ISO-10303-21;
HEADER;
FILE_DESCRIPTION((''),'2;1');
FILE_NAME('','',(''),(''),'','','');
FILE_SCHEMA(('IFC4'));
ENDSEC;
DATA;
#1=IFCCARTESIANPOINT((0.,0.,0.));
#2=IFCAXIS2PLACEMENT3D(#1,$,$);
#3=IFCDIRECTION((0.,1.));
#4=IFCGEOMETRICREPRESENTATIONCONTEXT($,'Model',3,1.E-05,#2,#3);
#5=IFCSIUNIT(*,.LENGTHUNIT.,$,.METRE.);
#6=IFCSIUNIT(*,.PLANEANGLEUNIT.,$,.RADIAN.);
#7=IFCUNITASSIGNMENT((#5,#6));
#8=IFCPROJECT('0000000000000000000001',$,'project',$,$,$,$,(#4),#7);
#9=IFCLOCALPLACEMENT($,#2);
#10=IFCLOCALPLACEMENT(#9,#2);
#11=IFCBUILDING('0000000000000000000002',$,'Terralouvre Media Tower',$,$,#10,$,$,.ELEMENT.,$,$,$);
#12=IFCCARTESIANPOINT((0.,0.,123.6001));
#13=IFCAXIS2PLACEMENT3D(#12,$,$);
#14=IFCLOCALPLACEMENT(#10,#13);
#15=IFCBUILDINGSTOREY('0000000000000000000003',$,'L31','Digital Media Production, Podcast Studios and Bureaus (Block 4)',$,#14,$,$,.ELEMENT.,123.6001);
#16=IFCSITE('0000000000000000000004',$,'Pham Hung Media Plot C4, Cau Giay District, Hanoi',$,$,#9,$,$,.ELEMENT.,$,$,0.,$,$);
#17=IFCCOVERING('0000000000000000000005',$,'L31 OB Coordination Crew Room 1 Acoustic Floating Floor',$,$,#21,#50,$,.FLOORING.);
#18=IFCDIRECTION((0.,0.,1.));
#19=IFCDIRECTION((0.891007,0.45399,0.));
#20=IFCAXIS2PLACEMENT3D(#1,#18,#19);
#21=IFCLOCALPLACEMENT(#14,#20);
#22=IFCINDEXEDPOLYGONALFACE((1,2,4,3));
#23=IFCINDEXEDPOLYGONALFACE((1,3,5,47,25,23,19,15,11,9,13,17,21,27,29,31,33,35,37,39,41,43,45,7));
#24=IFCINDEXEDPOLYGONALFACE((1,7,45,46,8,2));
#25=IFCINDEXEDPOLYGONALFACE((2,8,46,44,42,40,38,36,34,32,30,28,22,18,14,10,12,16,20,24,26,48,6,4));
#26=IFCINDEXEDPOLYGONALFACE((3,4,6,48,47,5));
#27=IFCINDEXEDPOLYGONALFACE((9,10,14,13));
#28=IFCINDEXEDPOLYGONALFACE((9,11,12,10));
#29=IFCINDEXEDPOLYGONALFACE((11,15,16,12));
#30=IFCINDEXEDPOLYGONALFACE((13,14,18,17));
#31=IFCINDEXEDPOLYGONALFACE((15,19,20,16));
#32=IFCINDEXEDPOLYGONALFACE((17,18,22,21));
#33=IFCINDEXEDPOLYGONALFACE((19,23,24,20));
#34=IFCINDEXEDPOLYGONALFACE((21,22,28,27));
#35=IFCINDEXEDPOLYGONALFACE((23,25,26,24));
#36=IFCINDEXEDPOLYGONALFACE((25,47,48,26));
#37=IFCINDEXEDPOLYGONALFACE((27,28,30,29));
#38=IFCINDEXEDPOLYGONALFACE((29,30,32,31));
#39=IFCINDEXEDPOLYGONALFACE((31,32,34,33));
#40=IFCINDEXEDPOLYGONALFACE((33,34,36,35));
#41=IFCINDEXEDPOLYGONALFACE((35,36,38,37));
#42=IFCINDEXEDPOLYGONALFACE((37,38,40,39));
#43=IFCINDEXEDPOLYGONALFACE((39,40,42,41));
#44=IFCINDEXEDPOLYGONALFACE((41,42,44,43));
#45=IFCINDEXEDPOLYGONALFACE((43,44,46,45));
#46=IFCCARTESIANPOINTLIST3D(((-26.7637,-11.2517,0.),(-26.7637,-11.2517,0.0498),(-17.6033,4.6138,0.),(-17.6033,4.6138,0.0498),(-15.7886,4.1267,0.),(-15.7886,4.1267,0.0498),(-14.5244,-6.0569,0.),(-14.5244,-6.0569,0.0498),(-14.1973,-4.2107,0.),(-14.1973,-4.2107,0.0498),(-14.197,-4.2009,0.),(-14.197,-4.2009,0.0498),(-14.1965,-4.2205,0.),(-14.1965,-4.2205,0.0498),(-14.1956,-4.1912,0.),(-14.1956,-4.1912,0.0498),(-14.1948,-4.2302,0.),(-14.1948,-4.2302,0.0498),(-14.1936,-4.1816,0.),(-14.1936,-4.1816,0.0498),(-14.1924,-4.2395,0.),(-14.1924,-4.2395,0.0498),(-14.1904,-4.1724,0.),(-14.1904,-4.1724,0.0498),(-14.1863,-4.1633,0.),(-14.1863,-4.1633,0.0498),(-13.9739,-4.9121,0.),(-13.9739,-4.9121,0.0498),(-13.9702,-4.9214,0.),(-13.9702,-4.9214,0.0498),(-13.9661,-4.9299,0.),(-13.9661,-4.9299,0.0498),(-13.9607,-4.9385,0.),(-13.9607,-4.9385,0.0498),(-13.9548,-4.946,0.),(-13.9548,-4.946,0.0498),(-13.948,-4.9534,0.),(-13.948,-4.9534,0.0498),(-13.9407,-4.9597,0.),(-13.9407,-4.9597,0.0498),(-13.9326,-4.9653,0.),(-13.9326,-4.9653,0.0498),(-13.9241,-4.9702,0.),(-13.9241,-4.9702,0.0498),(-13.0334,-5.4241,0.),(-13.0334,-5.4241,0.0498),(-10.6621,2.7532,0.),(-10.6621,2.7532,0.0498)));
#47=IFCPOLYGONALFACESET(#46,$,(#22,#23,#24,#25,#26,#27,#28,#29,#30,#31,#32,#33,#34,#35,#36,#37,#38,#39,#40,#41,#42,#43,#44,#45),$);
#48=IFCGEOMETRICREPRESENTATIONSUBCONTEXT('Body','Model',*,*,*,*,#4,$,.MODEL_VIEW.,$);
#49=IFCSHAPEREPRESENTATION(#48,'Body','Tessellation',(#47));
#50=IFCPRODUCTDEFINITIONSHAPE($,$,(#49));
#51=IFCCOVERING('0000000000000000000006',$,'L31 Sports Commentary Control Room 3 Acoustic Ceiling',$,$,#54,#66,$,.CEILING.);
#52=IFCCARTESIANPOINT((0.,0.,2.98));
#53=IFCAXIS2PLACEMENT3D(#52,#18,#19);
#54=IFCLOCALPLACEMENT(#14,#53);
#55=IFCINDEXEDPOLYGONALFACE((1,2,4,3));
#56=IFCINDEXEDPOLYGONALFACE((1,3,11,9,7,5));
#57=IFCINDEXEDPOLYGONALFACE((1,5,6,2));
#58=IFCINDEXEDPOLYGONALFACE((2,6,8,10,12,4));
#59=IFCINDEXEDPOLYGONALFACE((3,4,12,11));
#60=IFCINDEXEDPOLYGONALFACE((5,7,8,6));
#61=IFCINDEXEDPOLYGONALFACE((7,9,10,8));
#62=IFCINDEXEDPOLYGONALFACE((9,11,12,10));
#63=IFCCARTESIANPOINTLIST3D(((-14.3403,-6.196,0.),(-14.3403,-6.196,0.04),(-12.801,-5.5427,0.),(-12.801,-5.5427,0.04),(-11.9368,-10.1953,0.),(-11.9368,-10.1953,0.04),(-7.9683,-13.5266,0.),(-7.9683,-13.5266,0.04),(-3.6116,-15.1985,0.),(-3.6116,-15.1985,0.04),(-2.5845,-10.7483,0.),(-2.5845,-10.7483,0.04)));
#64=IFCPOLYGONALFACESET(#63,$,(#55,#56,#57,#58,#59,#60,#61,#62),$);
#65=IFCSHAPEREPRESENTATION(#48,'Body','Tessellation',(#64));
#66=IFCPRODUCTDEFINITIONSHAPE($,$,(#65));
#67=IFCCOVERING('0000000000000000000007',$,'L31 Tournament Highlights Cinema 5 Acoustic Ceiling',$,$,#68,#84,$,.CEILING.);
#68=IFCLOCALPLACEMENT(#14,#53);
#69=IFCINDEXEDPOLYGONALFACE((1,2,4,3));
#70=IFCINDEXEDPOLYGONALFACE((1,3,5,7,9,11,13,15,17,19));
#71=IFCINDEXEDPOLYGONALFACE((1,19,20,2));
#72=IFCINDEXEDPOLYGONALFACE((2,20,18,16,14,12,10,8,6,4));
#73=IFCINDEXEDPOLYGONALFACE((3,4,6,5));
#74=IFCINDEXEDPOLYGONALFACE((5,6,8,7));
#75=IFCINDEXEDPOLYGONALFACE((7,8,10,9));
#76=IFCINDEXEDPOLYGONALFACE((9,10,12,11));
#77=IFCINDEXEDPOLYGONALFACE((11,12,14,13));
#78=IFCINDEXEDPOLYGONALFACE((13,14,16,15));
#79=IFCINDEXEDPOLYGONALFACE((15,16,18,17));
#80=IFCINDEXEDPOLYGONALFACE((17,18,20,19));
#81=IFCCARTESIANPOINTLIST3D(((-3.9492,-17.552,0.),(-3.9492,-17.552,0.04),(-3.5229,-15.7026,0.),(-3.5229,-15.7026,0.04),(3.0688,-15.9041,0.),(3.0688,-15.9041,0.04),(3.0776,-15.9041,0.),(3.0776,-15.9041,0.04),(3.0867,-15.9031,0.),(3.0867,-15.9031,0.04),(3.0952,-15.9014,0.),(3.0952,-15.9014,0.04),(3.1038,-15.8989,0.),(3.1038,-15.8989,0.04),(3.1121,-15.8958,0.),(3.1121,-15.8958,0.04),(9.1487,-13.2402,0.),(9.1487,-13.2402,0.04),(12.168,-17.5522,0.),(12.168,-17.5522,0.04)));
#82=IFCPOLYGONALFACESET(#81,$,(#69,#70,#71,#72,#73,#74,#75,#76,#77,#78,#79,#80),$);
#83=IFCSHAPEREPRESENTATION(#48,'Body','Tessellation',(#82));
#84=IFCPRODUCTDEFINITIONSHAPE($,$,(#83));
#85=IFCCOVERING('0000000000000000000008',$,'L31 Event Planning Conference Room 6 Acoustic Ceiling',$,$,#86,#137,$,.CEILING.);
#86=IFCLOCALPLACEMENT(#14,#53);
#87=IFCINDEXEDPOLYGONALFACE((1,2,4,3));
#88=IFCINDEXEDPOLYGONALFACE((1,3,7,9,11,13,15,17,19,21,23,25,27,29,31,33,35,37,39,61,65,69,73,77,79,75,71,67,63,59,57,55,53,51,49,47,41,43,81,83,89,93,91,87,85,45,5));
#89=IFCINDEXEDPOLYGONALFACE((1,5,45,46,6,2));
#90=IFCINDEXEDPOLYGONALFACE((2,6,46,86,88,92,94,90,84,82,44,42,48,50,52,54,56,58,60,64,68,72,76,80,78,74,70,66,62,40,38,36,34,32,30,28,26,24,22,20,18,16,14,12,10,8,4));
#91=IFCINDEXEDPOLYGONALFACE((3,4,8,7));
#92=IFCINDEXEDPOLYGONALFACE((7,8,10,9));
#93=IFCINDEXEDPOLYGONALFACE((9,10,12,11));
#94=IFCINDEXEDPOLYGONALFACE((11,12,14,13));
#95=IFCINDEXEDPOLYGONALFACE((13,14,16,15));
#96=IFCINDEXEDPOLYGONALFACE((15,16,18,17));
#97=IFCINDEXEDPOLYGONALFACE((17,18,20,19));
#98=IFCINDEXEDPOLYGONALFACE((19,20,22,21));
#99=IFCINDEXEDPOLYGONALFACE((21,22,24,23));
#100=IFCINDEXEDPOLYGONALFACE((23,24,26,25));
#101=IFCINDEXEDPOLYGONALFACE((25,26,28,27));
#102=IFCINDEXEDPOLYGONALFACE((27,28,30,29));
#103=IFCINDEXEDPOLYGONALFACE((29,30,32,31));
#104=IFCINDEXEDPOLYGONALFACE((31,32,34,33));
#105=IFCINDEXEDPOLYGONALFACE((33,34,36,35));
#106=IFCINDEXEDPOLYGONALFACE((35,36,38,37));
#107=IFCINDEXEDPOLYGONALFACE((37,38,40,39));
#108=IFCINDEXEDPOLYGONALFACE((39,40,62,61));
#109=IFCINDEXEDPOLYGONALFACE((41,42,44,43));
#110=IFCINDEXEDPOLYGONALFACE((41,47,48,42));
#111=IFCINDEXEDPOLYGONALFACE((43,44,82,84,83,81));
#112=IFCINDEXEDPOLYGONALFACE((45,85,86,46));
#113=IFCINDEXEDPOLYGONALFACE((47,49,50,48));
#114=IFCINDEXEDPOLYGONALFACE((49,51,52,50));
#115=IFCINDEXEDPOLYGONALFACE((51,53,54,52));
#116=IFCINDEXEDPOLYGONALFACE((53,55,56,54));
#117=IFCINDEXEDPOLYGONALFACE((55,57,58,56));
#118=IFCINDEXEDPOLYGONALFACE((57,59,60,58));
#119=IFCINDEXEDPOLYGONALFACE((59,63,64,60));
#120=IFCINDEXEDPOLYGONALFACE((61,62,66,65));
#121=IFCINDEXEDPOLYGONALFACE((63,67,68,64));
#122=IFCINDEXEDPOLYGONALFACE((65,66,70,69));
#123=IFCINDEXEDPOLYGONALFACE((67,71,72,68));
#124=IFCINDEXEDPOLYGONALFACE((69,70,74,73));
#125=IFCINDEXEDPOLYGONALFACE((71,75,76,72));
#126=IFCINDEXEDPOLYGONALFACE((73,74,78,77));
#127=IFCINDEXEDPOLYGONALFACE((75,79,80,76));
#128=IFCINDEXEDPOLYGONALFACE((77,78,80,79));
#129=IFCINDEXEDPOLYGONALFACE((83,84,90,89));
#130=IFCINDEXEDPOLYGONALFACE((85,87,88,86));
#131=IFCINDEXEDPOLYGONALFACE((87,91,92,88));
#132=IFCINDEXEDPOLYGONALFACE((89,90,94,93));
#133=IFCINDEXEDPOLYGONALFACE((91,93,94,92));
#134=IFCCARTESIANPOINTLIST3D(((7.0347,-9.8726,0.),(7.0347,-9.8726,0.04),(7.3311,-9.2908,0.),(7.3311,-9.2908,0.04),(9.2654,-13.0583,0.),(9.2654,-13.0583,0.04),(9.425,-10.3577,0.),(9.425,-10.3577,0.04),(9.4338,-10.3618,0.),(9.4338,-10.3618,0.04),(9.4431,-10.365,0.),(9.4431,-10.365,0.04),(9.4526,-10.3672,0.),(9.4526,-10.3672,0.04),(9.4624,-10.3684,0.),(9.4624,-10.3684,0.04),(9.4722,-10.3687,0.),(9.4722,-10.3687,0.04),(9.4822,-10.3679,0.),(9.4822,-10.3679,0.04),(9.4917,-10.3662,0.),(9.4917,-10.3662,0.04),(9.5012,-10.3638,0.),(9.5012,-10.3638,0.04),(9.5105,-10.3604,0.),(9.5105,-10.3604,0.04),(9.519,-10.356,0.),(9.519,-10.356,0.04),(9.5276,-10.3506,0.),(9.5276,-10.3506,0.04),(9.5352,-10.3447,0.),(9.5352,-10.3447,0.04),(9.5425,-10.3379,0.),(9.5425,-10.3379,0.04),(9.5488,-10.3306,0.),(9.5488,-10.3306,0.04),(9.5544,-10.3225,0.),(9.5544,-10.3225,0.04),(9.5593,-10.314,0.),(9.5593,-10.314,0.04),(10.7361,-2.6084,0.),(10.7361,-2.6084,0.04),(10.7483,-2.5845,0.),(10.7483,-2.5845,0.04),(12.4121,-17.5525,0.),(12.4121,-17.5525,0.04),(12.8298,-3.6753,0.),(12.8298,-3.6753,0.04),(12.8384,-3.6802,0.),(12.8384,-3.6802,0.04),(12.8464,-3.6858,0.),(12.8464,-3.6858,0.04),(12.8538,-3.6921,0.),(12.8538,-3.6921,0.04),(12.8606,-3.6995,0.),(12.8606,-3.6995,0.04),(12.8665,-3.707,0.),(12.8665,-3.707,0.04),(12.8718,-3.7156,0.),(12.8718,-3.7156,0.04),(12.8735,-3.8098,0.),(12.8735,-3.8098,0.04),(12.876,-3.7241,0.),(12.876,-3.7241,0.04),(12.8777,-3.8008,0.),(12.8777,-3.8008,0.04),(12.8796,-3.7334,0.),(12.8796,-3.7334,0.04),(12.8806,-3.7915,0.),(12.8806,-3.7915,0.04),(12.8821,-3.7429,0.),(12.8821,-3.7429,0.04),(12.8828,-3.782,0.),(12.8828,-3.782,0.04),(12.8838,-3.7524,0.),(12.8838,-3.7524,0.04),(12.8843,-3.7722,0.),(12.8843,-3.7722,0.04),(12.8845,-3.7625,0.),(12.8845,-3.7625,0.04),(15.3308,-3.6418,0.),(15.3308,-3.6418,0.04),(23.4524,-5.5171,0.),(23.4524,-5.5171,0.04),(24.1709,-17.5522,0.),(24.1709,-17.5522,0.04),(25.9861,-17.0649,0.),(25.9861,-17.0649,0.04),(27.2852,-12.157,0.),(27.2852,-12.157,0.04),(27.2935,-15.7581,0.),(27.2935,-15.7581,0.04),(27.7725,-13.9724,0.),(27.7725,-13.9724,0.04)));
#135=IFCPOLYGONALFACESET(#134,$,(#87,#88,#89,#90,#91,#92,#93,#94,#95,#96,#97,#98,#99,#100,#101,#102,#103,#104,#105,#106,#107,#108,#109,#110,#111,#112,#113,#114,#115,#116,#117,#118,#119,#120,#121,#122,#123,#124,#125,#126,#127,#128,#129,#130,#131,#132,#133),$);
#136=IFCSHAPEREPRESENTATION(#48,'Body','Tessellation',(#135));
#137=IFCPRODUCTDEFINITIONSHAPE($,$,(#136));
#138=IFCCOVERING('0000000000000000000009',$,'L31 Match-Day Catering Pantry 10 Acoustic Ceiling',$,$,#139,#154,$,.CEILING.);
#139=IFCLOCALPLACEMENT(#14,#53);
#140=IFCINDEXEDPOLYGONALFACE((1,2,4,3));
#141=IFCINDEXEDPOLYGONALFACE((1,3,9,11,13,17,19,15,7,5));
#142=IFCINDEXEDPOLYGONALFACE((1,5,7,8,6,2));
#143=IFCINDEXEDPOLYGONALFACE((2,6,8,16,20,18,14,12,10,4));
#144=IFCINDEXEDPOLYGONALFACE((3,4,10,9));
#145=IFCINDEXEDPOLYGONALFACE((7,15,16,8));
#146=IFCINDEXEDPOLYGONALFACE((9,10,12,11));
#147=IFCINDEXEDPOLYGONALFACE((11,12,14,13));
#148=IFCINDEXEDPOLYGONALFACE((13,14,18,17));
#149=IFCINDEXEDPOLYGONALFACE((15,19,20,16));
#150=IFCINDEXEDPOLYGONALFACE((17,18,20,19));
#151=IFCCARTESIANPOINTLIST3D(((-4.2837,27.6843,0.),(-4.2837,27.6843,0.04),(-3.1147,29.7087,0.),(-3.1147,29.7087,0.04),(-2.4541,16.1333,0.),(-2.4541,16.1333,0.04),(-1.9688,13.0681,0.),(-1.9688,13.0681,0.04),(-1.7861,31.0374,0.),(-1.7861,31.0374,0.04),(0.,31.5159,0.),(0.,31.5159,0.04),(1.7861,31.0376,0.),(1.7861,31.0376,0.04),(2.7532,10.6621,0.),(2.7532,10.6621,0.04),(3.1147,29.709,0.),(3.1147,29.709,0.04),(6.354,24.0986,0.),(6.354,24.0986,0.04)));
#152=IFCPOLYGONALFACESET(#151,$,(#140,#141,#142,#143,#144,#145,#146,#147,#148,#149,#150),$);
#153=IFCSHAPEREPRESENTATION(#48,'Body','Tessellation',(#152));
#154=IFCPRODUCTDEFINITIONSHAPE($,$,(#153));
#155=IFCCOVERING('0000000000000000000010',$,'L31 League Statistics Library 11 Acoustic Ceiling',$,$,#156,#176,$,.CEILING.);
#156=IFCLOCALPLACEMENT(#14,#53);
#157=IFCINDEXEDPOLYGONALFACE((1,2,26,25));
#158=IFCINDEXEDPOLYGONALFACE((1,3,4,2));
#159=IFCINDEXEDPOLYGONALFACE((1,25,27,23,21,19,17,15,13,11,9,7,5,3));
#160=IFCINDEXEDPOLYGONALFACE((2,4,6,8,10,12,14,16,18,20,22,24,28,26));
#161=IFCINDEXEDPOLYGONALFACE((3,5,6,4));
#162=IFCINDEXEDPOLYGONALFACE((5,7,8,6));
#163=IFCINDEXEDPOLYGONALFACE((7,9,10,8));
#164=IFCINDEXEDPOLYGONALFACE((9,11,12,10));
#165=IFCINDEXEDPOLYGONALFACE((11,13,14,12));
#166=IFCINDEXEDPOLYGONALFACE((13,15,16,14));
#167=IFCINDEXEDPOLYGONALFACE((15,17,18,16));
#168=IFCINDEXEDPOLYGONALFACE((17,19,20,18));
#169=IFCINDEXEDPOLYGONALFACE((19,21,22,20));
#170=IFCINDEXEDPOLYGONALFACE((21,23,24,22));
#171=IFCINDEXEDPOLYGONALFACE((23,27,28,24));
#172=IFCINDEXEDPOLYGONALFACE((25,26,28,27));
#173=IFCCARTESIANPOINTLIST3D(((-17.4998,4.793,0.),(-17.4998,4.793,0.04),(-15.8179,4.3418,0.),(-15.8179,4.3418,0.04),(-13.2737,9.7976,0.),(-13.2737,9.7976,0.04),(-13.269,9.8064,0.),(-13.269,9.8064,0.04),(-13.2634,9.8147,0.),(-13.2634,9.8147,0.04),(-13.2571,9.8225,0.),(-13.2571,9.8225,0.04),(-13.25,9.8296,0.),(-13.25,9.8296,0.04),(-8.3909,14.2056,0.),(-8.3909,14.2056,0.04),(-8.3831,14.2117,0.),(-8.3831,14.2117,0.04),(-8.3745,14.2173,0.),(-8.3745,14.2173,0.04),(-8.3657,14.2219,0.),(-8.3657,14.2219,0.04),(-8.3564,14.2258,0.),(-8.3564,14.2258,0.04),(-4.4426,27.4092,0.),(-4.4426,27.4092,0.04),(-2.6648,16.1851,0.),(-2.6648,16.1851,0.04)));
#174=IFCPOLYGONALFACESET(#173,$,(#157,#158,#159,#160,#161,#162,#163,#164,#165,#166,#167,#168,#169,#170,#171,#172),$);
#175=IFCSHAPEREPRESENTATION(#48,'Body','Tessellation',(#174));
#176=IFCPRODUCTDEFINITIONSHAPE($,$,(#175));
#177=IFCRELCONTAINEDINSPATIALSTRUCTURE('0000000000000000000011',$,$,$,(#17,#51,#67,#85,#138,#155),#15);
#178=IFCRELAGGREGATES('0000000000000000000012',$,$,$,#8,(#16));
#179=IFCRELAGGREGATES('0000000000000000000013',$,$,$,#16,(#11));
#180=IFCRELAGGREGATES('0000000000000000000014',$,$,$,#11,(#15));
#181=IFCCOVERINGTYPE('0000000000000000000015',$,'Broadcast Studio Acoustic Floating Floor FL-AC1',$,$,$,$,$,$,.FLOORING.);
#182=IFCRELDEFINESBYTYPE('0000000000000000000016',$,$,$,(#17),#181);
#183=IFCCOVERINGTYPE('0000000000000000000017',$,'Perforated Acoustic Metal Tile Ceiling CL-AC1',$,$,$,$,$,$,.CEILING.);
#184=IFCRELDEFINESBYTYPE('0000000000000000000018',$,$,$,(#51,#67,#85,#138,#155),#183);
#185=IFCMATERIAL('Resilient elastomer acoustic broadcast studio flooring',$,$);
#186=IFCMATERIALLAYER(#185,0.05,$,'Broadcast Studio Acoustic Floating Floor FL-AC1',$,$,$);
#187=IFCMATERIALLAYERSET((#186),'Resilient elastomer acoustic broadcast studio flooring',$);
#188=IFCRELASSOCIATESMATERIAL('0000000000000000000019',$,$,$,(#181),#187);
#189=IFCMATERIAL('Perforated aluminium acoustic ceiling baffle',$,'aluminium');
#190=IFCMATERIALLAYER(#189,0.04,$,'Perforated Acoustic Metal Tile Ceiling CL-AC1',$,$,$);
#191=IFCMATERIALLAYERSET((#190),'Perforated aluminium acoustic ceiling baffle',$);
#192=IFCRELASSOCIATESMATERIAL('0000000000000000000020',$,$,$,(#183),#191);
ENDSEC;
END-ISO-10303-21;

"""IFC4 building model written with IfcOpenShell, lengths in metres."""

from ifc_helpers import new_model, si_unit, direction, frame, origin, place, context, subcontext, project, spatial, polyline, outline, extrude, material, layer, layer_set, type_object, element, save


model = new_model("IFC4")

# Units and contexts
model_context = context("Model", 3, precision=1e-05, world=origin(), true_north=direction((0.0, 1.0)))
body_context = subcontext(model_context, "Body", "Model", "MODEL_VIEW")
ifc_project = project(units=[si_unit("LENGTHUNIT", "METRE"), si_unit("PLANEANGLEUNIT", "RADIAN")], contexts=[model_context])

# Site, building, storey
site_placement = place(None, origin())
site = spatial("IfcSite", under=ifc_project, at=site_placement, Name="Pham Hung Media Plot C4, Cau Giay District, Hanoi", CompositionType="ELEMENT", RefElevation=0.0)
building_placement = place(site_placement, origin())
building = spatial("IfcBuilding", under=site, at=building_placement, Name="Terralouvre Media Tower", CompositionType="ELEMENT")
storey_placement = place(building_placement, frame((0.0, 0.0, 123.6001)))
storey = spatial("IfcBuildingStorey", under=building, at=storey_placement, Name="L31", Description="Digital Media Production, Podcast Studios and Bureaus (Block 4)", CompositionType="ELEMENT", Elevation=123.6001)

# Coverings
ifc_material_1 = material(Name="Resilient elastomer acoustic broadcast studio flooring")
ifc_layer_1 = layer(ifc_material_1, 0.05, Name="Broadcast Studio Acoustic Floating Floor FL-AC1")
ifc_layer_set_1 = layer_set([ifc_layer_1], Name="Resilient elastomer acoustic broadcast studio flooring")
covering_type_1 = type_object("IfcCoveringType", Name="Broadcast Studio Acoustic Floating Floor FL-AC1", PredefinedType="FLOORING", material=ifc_layer_set_1)
covering_1_placement = place(storey_placement, frame((0.0, 0.0, 0.0), z_axis=(0.0, 0.0, 1.0), x_axis=(0.891007, 0.45399, 0.0)))
element("IfcCovering", 1, at=covering_1_placement, inside=storey, type_object=covering_type_1, Name="L31 OB Coordination Crew Room 1 Acoustic Floating Floor", PredefinedType="FLOORING", context=body_context, shape_type="SweptSolid", body=[
    extrude(outline(polyline([(-13.0334, -5.4241), (-13.9241, -4.9702), (-13.9326, -4.9653), (-13.9407, -4.9597), (-13.948, -4.9534), (-13.9548, -4.946), (-13.9607, -4.9385), (-13.9661, -4.9299), (-13.9702, -4.9214), (-13.9739, -4.9121), (-14.1924, -4.2395), (-14.1948, -4.2302), (-14.1965, -4.2205), (-14.1973, -4.2107), (-14.197, -4.2009), (-14.1956, -4.1912), (-14.1936, -4.1816), (-14.1904, -4.1724), (-14.1863, -4.1633), (-10.6621, 2.7532), (-15.7886, 4.1267), (-17.6033, 4.6138), (-26.7637, -11.2517), (-14.5244, -6.0569), (-13.0334, -5.4241)])), origin(), (0.0, 0.0, 1.0), 0.0498),
])
ifc_material_2 = material(Name="Perforated aluminium acoustic ceiling baffle", Category="aluminium")
ifc_layer_2 = layer(ifc_material_2, 0.04, Name="Perforated Acoustic Metal Tile Ceiling CL-AC1")
ifc_layer_set_2 = layer_set([ifc_layer_2], Name="Perforated aluminium acoustic ceiling baffle")
covering_type_2 = type_object("IfcCoveringType", Name="Perforated Acoustic Metal Tile Ceiling CL-AC1", PredefinedType="CEILING", material=ifc_layer_set_2)
covering_2_placement = place(storey_placement, frame((0.0, 0.0, 2.98), z_axis=(0.0, 0.0, 1.0), x_axis=(0.891007, 0.45399, 0.0)))
element("IfcCovering", 2, at=covering_2_placement, inside=storey, type_object=covering_type_2, Name="L31 Sports Commentary Control Room 3 Acoustic Ceiling", PredefinedType="CEILING", context=body_context, shape_type="SweptSolid", body=[
    extrude(outline(polyline([(-11.9368, -10.1953), (-7.9683, -13.5266), (-3.6116, -15.1985), (-2.5845, -10.7483), (-12.801, -5.5427), (-14.3403, -6.196), (-11.9368, -10.1953)])), origin(), (0.0, 0.0, 1.0), 0.04),
])
covering_3_placement = place(storey_placement, frame((0.0, 0.0, 2.98), z_axis=(0.0, 0.0, 1.0), x_axis=(0.891007, 0.45399, 0.0)))
element("IfcCovering", 3, at=covering_3_placement, inside=storey, type_object=covering_type_2, Name="L31 Tournament Highlights Cinema 5 Acoustic Ceiling", PredefinedType="CEILING", context=body_context, shape_type="SweptSolid", body=[
    extrude(outline(polyline([(3.1121, -15.8958), (3.1038, -15.8989), (3.0952, -15.9014), (3.0867, -15.9031), (3.0776, -15.9041), (3.0688, -15.9041), (-3.5229, -15.7026), (-3.9492, -17.552), (12.168, -17.5522), (9.1487, -13.2402), (3.1121, -15.8958)])), origin(), (0.0, 0.0, 1.0), 0.04),
])
covering_4_placement = place(storey_placement, frame((0.0, 0.0, 2.98), z_axis=(0.0, 0.0, 1.0), x_axis=(0.891007, 0.45399, 0.0)))
element("IfcCovering", 4, at=covering_4_placement, inside=storey, type_object=covering_type_2, Name="L31 Event Planning Conference Room 6 Acoustic Ceiling", PredefinedType="CEILING", context=body_context, shape_type="SweptSolid", body=[
    extrude(outline(polyline([(10.7483, -2.5845), (10.7361, -2.6084), (12.8298, -3.6753), (12.8384, -3.6802), (12.8464, -3.6858), (12.8538, -3.6921), (12.8606, -3.6995), (12.8665, -3.707), (12.8718, -3.7156), (12.876, -3.7241), (12.8796, -3.7334), (12.8821, -3.7429), (12.8838, -3.7524), (12.8845, -3.7625), (12.8843, -3.7722), (12.8828, -3.782), (12.8806, -3.7915), (12.8777, -3.8008), (12.8735, -3.8098), (9.5593, -10.314), (9.5544, -10.3225), (9.5488, -10.3306), (9.5425, -10.3379), (9.5352, -10.3447), (9.5276, -10.3506), (9.519, -10.356), (9.5105, -10.3604), (9.5012, -10.3638), (9.4917, -10.3662), (9.4822, -10.3679), (9.4722, -10.3687), (9.4624, -10.3684), (9.4526, -10.3672), (9.4431, -10.365), (9.4338, -10.3618), (9.425, -10.3577), (7.3311, -9.2908), (7.0347, -9.8726), (9.2654, -13.0583), (12.4121, -17.5525), (24.1709, -17.5522), (25.9861, -17.0649), (27.2935, -15.7581), (27.7725, -13.9724), (27.2852, -12.157), (23.4524, -5.5171), (15.3308, -3.6418), (10.7483, -2.5845)])), origin(), (0.0, 0.0, 1.0), 0.04),
])
covering_5_placement = place(storey_placement, frame((0.0, 0.0, 2.98), z_axis=(0.0, 0.0, 1.0), x_axis=(0.891007, 0.45399, 0.0)))
element("IfcCovering", 5, at=covering_5_placement, inside=storey, type_object=covering_type_2, Name="L31 Match-Day Catering Pantry 10 Acoustic Ceiling", PredefinedType="CEILING", context=body_context, shape_type="SweptSolid", body=[
    extrude(outline(polyline([(-2.4541, 16.1333), (-1.9688, 13.0681), (2.7532, 10.6621), (6.354, 24.0986), (3.1147, 29.709), (1.7861, 31.0376), (0.0, 31.5159), (-1.7861, 31.0374), (-3.1147, 29.7087), (-4.2837, 27.6843), (-2.4541, 16.1333)])), origin(), (0.0, 0.0, 1.0), 0.04),
])
covering_6_placement = place(storey_placement, frame((0.0, 0.0, 2.98), z_axis=(0.0, 0.0, 1.0), x_axis=(0.891007, 0.45399, 0.0)))
element("IfcCovering", 6, at=covering_6_placement, inside=storey, type_object=covering_type_2, Name="L31 League Statistics Library 11 Acoustic Ceiling", PredefinedType="CEILING", context=body_context, shape_type="SweptSolid", body=[
    extrude(outline(polyline([(-13.2737, 9.7976), (-13.269, 9.8064), (-13.2634, 9.8147), (-13.2571, 9.8225), (-13.25, 9.8296), (-8.3909, 14.2056), (-8.3831, 14.2117), (-8.3745, 14.2173), (-8.3657, 14.2219), (-8.3564, 14.2258), (-2.6648, 16.1851), (-4.4426, 27.4092), (-17.4998, 4.793), (-15.8179, 4.3418), (-13.2737, 9.7976)])), origin(), (0.0, 0.0, 1.0), 0.04),
])

save(model, "model.ifc")
